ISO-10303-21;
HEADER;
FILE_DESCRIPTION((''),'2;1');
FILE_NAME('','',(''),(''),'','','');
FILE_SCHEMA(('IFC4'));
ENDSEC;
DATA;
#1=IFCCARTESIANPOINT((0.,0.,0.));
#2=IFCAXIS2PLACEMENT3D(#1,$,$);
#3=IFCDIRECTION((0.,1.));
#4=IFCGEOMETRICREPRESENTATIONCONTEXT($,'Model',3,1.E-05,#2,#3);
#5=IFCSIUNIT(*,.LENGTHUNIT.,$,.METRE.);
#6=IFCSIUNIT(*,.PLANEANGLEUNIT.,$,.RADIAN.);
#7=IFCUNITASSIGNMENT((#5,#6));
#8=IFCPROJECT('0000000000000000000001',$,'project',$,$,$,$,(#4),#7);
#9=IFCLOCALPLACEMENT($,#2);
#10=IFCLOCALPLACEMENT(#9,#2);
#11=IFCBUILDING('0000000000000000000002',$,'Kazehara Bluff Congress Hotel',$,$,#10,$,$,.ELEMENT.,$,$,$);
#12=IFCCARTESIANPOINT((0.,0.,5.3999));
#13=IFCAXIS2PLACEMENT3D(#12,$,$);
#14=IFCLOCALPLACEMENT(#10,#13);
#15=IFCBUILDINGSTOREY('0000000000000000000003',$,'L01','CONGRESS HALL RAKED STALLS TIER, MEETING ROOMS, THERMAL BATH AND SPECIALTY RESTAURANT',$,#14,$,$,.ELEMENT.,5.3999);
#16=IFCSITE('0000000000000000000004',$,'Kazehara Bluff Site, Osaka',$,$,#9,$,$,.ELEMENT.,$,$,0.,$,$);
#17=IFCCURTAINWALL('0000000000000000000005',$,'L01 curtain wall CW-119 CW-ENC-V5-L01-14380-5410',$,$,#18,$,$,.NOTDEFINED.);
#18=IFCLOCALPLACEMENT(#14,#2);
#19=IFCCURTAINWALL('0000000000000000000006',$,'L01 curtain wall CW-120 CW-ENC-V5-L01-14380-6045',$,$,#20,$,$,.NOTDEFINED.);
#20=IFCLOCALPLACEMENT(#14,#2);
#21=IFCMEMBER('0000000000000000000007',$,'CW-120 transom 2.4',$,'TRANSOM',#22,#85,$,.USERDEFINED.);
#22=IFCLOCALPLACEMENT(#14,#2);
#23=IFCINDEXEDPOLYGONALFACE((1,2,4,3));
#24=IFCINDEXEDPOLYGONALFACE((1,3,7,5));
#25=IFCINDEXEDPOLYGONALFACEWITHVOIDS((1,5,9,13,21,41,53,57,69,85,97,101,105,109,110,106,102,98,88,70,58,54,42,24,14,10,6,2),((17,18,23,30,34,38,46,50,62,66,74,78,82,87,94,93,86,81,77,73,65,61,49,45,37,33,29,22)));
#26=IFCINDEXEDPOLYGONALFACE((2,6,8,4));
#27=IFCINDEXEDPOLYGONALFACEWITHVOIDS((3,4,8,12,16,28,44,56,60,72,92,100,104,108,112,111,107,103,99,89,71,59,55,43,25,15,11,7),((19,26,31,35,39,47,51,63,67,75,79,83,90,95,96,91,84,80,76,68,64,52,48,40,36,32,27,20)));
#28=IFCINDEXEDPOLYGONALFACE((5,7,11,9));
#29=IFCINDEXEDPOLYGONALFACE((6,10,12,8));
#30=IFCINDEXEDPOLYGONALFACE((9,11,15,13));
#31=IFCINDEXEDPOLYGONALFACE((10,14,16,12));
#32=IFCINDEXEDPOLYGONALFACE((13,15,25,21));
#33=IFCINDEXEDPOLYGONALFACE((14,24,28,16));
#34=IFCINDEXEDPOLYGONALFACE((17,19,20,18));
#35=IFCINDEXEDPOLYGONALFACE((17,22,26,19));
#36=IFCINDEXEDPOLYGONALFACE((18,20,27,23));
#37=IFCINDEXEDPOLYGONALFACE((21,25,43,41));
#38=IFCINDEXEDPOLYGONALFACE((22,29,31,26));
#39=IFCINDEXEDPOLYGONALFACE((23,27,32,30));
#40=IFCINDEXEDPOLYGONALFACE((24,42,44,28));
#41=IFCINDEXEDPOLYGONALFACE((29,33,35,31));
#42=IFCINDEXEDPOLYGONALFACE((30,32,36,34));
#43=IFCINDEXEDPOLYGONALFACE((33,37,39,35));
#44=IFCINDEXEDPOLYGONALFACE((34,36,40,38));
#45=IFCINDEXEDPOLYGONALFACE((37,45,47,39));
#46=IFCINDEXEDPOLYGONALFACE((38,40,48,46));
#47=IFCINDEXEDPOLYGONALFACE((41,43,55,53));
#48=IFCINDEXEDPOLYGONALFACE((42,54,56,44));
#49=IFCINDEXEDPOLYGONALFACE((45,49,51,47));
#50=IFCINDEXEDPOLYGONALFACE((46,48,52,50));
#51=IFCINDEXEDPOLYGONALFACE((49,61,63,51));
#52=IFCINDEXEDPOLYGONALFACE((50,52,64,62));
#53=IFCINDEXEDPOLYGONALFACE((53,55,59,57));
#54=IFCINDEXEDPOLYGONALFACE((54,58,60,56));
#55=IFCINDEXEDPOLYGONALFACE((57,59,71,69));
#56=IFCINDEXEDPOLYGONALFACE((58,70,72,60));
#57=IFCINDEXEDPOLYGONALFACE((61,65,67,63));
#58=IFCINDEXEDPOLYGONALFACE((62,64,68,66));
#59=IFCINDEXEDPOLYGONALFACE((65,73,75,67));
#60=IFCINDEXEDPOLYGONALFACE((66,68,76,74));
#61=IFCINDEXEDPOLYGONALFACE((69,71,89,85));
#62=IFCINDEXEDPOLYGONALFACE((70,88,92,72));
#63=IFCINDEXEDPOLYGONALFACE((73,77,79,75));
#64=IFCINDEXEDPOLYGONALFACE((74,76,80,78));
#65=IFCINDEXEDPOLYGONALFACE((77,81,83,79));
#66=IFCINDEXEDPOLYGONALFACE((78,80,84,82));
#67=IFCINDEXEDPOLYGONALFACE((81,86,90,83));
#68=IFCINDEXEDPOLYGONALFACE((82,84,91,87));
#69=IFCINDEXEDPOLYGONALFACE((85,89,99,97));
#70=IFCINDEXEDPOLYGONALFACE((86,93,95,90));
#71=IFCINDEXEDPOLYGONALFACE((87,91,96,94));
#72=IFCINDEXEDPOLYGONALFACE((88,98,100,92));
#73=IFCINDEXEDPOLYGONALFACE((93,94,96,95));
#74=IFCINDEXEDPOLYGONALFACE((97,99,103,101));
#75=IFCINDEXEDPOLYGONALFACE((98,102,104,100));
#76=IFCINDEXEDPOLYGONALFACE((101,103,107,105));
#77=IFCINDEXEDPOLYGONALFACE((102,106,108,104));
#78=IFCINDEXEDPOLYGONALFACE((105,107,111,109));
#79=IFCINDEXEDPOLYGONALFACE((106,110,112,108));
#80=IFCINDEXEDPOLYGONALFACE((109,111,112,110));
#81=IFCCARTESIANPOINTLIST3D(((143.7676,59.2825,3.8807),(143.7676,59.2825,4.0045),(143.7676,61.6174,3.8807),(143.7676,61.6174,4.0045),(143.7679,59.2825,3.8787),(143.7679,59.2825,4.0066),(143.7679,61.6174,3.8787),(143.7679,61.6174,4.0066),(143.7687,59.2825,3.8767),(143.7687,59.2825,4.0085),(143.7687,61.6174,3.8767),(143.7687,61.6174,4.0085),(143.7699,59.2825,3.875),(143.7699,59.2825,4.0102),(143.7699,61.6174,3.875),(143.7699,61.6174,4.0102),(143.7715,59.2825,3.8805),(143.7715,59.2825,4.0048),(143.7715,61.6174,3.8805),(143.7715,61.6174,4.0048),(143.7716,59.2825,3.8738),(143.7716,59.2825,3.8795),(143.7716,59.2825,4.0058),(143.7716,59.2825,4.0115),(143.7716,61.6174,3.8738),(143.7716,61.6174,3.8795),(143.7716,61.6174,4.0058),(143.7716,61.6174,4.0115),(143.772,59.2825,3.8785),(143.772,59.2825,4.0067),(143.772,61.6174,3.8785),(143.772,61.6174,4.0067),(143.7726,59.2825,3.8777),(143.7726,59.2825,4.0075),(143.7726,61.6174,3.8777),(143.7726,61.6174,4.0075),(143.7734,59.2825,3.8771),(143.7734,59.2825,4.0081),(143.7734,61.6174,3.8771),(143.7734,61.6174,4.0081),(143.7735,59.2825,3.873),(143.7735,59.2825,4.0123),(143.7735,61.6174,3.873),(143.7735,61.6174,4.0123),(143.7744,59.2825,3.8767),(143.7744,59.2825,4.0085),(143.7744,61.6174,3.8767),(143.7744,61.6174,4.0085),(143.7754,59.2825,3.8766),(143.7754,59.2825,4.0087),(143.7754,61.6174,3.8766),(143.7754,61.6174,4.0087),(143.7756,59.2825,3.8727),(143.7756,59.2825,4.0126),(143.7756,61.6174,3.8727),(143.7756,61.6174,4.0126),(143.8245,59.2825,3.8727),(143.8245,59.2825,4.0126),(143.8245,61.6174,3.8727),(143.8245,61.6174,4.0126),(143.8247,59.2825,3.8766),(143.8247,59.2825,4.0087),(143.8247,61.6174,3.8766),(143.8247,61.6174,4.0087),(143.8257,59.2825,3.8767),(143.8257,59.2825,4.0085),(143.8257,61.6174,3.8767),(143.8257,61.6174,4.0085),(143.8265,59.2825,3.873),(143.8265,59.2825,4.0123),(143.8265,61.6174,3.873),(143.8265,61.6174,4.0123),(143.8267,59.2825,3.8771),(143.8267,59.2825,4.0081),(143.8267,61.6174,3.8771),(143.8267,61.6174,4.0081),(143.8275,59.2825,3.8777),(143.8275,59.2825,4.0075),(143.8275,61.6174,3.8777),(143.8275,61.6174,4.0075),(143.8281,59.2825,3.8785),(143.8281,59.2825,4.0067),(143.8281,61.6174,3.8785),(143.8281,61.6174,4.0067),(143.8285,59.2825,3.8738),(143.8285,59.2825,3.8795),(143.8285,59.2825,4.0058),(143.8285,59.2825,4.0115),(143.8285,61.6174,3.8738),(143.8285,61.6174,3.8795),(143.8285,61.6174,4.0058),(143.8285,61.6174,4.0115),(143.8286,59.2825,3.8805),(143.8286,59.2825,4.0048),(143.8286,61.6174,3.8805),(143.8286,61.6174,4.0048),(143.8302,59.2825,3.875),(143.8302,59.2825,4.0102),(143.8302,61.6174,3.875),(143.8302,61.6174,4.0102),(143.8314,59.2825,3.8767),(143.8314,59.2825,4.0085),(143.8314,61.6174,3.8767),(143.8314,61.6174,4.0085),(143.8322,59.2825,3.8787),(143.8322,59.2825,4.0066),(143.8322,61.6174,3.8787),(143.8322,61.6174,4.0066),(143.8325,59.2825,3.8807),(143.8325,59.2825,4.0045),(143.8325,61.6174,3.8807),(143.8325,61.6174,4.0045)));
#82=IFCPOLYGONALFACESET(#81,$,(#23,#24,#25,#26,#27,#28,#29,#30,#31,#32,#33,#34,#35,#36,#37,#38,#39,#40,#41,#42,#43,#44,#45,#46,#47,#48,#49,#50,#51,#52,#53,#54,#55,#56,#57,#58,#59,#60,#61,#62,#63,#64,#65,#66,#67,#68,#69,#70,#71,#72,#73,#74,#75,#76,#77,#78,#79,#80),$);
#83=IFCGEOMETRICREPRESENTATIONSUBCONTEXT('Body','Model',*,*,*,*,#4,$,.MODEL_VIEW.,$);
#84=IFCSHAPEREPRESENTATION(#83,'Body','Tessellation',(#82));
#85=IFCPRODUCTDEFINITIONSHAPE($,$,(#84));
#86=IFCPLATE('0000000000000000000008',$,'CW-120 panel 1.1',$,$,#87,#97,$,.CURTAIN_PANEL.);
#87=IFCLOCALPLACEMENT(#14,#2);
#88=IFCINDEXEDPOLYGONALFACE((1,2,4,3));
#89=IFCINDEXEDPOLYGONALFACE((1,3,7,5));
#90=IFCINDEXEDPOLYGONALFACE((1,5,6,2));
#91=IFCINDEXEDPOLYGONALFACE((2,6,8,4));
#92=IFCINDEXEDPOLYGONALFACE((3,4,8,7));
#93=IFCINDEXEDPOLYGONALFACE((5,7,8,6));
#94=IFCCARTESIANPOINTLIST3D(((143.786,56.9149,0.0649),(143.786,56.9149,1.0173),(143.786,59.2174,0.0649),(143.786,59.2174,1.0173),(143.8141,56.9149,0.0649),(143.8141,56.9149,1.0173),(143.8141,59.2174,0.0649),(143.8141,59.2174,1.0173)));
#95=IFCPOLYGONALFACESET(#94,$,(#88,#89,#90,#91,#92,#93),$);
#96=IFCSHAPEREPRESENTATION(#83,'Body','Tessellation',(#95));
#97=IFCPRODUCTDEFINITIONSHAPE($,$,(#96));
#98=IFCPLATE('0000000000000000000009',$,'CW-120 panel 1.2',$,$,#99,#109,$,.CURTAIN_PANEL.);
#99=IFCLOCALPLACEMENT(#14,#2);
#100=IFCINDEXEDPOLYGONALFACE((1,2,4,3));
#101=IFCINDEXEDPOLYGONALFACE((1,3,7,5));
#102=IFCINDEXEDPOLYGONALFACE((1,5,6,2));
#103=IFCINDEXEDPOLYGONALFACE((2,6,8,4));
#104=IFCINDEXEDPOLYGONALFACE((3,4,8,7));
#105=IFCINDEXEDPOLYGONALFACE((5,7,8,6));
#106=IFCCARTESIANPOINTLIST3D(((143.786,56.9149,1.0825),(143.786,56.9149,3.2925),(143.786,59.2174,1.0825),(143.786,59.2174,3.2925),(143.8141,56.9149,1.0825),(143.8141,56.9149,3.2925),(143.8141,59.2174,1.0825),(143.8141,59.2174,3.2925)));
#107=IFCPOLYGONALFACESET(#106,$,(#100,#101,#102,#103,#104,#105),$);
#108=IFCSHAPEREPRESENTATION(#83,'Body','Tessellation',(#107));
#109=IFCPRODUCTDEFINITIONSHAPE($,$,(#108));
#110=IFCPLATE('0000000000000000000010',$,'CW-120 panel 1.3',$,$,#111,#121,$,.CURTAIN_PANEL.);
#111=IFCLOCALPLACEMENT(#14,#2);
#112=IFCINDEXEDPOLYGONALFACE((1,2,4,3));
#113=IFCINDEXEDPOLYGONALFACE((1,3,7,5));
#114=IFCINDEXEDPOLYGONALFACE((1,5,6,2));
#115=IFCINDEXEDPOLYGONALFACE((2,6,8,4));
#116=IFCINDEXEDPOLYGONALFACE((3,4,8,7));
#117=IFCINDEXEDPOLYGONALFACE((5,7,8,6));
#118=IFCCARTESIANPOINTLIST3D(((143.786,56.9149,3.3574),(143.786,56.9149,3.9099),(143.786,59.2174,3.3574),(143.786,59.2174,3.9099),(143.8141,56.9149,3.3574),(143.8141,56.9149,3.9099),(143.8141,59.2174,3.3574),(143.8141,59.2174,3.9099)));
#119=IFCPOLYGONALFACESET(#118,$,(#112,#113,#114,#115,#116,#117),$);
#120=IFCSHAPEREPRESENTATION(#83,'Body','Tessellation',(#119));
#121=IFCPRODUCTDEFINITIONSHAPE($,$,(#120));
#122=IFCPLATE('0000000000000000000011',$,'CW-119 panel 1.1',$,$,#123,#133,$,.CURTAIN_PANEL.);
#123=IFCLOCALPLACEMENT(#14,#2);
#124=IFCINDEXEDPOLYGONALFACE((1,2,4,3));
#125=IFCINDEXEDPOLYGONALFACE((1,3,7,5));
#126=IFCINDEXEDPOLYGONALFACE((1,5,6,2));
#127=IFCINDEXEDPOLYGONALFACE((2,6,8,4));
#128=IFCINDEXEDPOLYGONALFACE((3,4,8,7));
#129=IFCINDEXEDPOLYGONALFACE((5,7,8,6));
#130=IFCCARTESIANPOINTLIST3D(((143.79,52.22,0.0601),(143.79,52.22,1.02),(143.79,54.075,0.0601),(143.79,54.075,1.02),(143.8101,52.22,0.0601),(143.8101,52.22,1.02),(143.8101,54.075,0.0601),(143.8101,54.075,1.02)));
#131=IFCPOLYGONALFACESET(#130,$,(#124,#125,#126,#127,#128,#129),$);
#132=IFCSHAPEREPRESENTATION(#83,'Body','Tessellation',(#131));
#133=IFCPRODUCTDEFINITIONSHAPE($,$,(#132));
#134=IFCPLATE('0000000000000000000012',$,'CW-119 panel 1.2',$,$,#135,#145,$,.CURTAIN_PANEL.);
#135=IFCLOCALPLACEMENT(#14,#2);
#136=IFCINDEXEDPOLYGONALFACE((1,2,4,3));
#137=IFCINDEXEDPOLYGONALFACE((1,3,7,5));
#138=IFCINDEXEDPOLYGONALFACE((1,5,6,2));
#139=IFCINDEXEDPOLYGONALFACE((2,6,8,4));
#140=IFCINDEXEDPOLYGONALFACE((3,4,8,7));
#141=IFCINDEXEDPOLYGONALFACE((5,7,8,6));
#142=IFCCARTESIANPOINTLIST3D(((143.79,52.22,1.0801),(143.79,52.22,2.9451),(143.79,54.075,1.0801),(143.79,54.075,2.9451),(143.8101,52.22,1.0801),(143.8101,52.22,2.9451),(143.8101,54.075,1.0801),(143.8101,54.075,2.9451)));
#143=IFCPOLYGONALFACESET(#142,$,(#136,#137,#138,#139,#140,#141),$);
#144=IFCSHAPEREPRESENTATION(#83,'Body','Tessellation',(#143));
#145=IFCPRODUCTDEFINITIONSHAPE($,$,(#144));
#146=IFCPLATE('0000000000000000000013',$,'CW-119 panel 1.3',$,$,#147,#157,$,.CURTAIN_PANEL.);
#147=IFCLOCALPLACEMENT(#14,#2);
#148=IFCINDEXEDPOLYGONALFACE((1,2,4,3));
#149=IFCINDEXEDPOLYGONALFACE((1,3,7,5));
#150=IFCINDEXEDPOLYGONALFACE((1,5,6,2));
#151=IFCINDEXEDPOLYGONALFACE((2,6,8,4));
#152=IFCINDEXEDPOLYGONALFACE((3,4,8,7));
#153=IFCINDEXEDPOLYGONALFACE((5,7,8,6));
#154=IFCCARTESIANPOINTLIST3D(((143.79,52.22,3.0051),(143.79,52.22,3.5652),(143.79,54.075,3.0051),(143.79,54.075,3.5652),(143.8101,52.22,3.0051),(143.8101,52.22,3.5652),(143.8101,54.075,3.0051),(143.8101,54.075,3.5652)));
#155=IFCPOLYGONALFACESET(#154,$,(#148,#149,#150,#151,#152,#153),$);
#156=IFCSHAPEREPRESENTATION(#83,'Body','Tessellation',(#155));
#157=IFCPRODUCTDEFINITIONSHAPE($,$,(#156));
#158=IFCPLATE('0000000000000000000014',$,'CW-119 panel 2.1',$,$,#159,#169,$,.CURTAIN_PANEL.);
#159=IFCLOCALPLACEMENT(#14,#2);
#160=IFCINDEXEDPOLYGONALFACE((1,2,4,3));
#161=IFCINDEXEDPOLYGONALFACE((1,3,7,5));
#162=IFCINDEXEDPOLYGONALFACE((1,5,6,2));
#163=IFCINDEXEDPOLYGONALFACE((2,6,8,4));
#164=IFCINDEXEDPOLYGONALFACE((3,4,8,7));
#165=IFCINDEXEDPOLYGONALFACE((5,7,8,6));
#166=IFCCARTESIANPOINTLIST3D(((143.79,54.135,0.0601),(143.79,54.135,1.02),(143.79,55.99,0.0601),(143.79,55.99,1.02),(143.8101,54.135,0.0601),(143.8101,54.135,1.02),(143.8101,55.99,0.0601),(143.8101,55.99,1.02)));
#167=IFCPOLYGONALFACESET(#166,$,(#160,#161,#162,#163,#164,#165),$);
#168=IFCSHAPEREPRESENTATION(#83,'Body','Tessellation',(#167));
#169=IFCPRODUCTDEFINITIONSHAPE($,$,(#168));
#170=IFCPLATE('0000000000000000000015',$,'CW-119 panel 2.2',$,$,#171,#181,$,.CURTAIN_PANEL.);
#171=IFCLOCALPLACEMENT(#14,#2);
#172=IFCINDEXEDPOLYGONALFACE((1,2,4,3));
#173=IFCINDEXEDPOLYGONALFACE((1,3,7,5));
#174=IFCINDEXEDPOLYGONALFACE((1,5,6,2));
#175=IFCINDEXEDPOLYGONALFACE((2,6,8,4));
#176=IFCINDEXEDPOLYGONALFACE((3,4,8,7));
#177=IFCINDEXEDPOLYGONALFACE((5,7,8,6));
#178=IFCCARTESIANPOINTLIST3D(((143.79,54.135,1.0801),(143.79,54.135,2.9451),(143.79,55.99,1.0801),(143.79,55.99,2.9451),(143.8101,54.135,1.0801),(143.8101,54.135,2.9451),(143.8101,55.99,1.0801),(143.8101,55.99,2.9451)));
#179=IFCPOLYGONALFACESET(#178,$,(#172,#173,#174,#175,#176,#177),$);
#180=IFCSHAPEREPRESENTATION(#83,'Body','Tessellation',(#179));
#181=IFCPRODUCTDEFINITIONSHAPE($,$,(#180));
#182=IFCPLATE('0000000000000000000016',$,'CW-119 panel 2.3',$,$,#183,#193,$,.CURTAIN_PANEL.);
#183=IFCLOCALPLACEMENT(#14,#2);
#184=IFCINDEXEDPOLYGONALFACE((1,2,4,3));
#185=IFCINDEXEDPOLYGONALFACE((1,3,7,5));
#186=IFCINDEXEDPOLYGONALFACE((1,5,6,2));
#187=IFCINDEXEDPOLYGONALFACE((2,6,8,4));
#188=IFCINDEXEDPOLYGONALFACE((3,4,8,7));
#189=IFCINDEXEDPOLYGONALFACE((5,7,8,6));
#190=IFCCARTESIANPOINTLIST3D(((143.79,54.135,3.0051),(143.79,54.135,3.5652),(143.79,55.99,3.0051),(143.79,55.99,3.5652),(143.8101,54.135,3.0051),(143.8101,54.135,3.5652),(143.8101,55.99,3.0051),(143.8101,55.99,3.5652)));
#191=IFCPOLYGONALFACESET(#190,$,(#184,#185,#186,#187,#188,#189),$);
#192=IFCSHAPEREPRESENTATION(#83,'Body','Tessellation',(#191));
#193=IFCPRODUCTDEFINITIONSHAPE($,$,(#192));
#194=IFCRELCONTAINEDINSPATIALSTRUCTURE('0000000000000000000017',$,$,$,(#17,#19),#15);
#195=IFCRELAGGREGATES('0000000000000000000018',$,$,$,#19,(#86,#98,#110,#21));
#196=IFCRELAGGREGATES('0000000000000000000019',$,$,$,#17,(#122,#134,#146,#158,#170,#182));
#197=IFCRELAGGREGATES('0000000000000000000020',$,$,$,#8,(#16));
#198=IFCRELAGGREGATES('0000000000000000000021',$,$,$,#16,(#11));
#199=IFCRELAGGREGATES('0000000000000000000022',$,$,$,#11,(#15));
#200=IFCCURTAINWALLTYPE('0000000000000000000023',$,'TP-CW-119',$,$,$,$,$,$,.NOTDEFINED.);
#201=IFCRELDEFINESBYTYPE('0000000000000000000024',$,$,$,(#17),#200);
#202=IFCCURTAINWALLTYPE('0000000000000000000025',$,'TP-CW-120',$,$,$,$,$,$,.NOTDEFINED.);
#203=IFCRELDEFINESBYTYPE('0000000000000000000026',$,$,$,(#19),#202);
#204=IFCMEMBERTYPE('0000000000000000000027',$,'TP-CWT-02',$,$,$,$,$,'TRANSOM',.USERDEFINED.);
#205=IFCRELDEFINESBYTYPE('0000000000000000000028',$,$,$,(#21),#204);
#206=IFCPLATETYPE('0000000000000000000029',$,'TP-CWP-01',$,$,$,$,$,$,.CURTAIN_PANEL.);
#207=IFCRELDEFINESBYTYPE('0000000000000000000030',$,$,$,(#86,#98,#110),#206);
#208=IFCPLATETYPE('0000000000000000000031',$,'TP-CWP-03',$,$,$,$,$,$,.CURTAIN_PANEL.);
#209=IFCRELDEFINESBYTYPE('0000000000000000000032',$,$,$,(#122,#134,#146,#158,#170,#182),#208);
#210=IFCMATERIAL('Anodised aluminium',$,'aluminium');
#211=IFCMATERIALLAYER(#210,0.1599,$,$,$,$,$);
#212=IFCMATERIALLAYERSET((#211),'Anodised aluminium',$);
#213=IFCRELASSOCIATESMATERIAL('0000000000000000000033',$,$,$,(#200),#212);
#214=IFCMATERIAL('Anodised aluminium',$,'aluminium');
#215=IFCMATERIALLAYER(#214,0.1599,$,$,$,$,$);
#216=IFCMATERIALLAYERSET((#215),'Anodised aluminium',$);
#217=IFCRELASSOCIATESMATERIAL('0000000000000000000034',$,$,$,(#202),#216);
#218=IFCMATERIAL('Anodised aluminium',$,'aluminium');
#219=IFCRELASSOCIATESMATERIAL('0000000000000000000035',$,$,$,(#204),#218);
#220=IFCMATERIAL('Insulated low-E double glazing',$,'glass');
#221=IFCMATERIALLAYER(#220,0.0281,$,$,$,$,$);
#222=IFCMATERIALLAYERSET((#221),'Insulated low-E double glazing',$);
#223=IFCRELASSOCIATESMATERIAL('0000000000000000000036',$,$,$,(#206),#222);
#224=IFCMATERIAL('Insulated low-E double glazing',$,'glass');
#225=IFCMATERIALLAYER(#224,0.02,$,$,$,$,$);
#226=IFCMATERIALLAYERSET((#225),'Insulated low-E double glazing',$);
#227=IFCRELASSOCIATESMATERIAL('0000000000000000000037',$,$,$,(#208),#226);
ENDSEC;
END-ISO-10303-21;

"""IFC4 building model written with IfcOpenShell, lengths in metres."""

from ifc_helpers import new_model, si_unit, direction, frame, origin, origin_2d, place, context, subcontext, project, spatial, rectangle, hollow_rectangle, extrude, material, layer, layer_set, material_profile, profile_set, type_object, element, aggregate, save


model = new_model("IFC4")

# Units and contexts
model_context = context("Model", 3, precision=1e-05, world=origin(), true_north=direction((0.0, 1.0)))
body_context = subcontext(model_context, "Body", "Model", "MODEL_VIEW")
ifc_project = project(units=[si_unit("LENGTHUNIT", "METRE"), si_unit("PLANEANGLEUNIT", "RADIAN")], contexts=[model_context])

# Site, building, storey
site_placement = place(None, origin())
site = spatial("IfcSite", under=ifc_project, at=site_placement, Name="Kazehara Bluff Site, Osaka", CompositionType="ELEMENT", RefElevation=0.0)
building_placement = place(site_placement, origin())
building = spatial("IfcBuilding", under=site, at=building_placement, Name="Kazehara Bluff Congress Hotel", CompositionType="ELEMENT")
storey_placement = place(building_placement, frame((0.0, 0.0, 5.3999)))
storey = spatial("IfcBuildingStorey", under=building, at=storey_placement, Name="L01", Description="CONGRESS HALL RAKED STALLS TIER, MEETING ROOMS, THERMAL BATH AND SPECIALTY RESTAURANT", CompositionType="ELEMENT", Elevation=5.3999)

# Curtain walls
ifc_material_1 = material(Name="Anodised aluminium", Category="aluminium")
ifc_layer_1 = layer(ifc_material_1, 0.1599)
ifc_layer_set_1 = layer_set([ifc_layer_1], Name="Anodised aluminium")
curtain_wall_type_1 = type_object("IfcCurtainWallType", Name="TP-CW-119", PredefinedType="NOTDEFINED", material=ifc_layer_set_1)
curtain_wall_1_placement = place(storey_placement, origin())
curtain_wall_1 = element("IfcCurtainWall", 1, at=curtain_wall_1_placement, inside=storey, type_object=curtain_wall_type_1, Name="L01 curtain wall CW-119 CW-ENC-V5-L01-14380-5410", PredefinedType="NOTDEFINED")
ifc_material_2 = material(Name="Anodised aluminium", Category="aluminium")
ifc_layer_2 = layer(ifc_material_2, 0.1599)
ifc_layer_set_2 = layer_set([ifc_layer_2], Name="Anodised aluminium")
curtain_wall_type_2 = type_object("IfcCurtainWallType", Name="TP-CW-120", PredefinedType="NOTDEFINED", material=ifc_layer_set_2)
curtain_wall_2_placement = place(storey_placement, origin())
curtain_wall_2 = element("IfcCurtainWall", 2, at=curtain_wall_2_placement, inside=storey, type_object=curtain_wall_type_2, Name="L01 curtain wall CW-120 CW-ENC-V5-L01-14380-6045", PredefinedType="NOTDEFINED")

# Member
ifc_material_3 = material(Name="Anodised aluminium", Category="aluminium")
ifc_material_profile_1 = material_profile(ifc_material_3, hollow_rectangle(XDim=0.0649, YDim=0.1399, WallThickness=0.0039, InnerFilletRadius=0.0039, OuterFilletRadius=0.0081, at=origin_2d()))
ifc_profile_set_1 = profile_set([ifc_material_profile_1], Name="Anodised aluminium")
member_type_1 = type_object("IfcMemberType", Name="TP-CWT-02", ElementType="TRANSOM", PredefinedType="USERDEFINED", material=ifc_profile_set_1)
member_1_placement = place(storey_placement, frame((143.8, 59.2825, 3.9426), z_axis=(0.0, 1.0, 0.0), x_axis=(-1.0, 0.0, 0.0)))
member_1 = element("IfcMember", 3, at=member_1_placement, type_object=member_type_1, Name="CW-120 transom 2.4", ObjectType="TRANSOM", PredefinedType="USERDEFINED", context=body_context, shape_type="SweptSolid", body=[
    extrude(hollow_rectangle(XDim=0.0649, YDim=0.1399, WallThickness=0.0039, InnerFilletRadius=0.0039, OuterFilletRadius=0.0081, at=origin_2d()), origin(), (0.0, 0.0, 1.0), 2.335),
])

# Plates
ifc_material_4 = material(Name="Insulated low-E double glazing", Category="glass")
ifc_layer_3 = layer(ifc_material_4, 0.0281)
ifc_layer_set_3 = layer_set([ifc_layer_3], Name="Insulated low-E double glazing")
plate_type_1 = type_object("IfcPlateType", Name="TP-CWP-01", PredefinedType="CURTAIN_PANEL", material=ifc_layer_set_3)
plate_1_placement = place(storey_placement, frame((143.8, 58.0662, 0.0649), z_axis=(0.0, 0.0, 1.0), x_axis=(0.0, 1.0, 0.0)))
plate_1 = element("IfcPlate", 4, at=plate_1_placement, type_object=plate_type_1, Name="CW-120 panel 1.1", PredefinedType="CURTAIN_PANEL", context=body_context, shape_type="SweptSolid", body=[
    extrude(rectangle(XDim=2.3025, YDim=0.0281, at=origin_2d()), origin(), (0.0, 0.0, 1.0), 0.9524),
])
plate_2_placement = place(storey_placement, frame((143.8, 58.0662, 1.0825), z_axis=(0.0, 0.0, 1.0), x_axis=(0.0, 1.0, 0.0)))
plate_2 = element("IfcPlate", 5, at=plate_2_placement, type_object=plate_type_1, Name="CW-120 panel 1.2", PredefinedType="CURTAIN_PANEL", context=body_context, shape_type="SweptSolid", body=[
    extrude(rectangle(XDim=2.3025, YDim=0.0281, at=origin_2d()), origin(), (0.0, 0.0, 1.0), 2.21),
])
plate_3_placement = place(storey_placement, frame((143.8, 58.0662, 3.3574), z_axis=(0.0, 0.0, 1.0), x_axis=(0.0, 1.0, 0.0)))
plate_3 = element("IfcPlate", 6, at=plate_3_placement, type_object=plate_type_1, Name="CW-120 panel 1.3", PredefinedType="CURTAIN_PANEL", context=body_context, shape_type="SweptSolid", body=[
    extrude(rectangle(XDim=2.3025, YDim=0.0281, at=origin_2d()), origin(), (0.0, 0.0, 1.0), 0.5525),
])
aggregate(curtain_wall_2, [plate_1, plate_2, plate_3, member_1])
ifc_material_5 = material(Name="Insulated low-E double glazing", Category="glass")
ifc_layer_4 = layer(ifc_material_5, 0.02)
ifc_layer_set_4 = layer_set([ifc_layer_4], Name="Insulated low-E double glazing")
plate_type_2 = type_object("IfcPlateType", Name="TP-CWP-03", PredefinedType="CURTAIN_PANEL", material=ifc_layer_set_4)
plate_4_placement = place(storey_placement, frame((143.8, 53.1475, 0.0601), z_axis=(0.0, 0.0, 1.0), x_axis=(0.0, 1.0, 0.0)))
plate_4 = element("IfcPlate", 7, at=plate_4_placement, type_object=plate_type_2, Name="CW-119 panel 1.1", PredefinedType="CURTAIN_PANEL", context=body_context, shape_type="SweptSolid", body=[
    extrude(rectangle(XDim=1.855, YDim=0.02, at=origin_2d()), origin(), (0.0, 0.0, 1.0), 0.96),
])
plate_5_placement = place(storey_placement, frame((143.8, 53.1475, 1.0801), z_axis=(0.0, 0.0, 1.0), x_axis=(0.0, 1.0, 0.0)))
plate_5 = element("IfcPlate", 8, at=plate_5_placement, type_object=plate_type_2, Name="CW-119 panel 1.2", PredefinedType="CURTAIN_PANEL", context=body_context, shape_type="SweptSolid", body=[
    extrude(rectangle(XDim=1.855, YDim=0.02, at=origin_2d()), origin(), (0.0, 0.0, 1.0), 1.865),
])
plate_6_placement = place(storey_placement, frame((143.8, 53.1475, 3.0051), z_axis=(0.0, 0.0, 1.0), x_axis=(0.0, 1.0, 0.0)))
plate_6 = element("IfcPlate", 9, at=plate_6_placement, type_object=plate_type_2, Name="CW-119 panel 1.3", PredefinedType="CURTAIN_PANEL", context=body_context, shape_type="SweptSolid", body=[
    extrude(rectangle(XDim=1.855, YDim=0.02, at=origin_2d()), origin(), (0.0, 0.0, 1.0), 0.5601),
])
plate_7_placement = place(storey_placement, frame((143.8, 55.0625, 0.0601), z_axis=(0.0, 0.0, 1.0), x_axis=(0.0, 1.0, 0.0)))
plate_7 = element("IfcPlate", 10, at=plate_7_placement, type_object=plate_type_2, Name="CW-119 panel 2.1", PredefinedType="CURTAIN_PANEL", context=body_context, shape_type="SweptSolid", body=[
    extrude(rectangle(XDim=1.855, YDim=0.02, at=origin_2d()), origin(), (0.0, 0.0, 1.0), 0.96),
])
plate_8_placement = place(storey_placement, frame((143.8, 55.0625, 1.0801), z_axis=(0.0, 0.0, 1.0), x_axis=(0.0, 1.0, 0.0)))
plate_8 = element("IfcPlate", 11, at=plate_8_placement, type_object=plate_type_2, Name="CW-119 panel 2.2", PredefinedType="CURTAIN_PANEL", context=body_context, shape_type="SweptSolid", body=[
    extrude(rectangle(XDim=1.855, YDim=0.02, at=origin_2d()), origin(), (0.0, 0.0, 1.0), 1.865),
])
plate_9_placement = place(storey_placement, frame((143.8, 55.0625, 3.0051), z_axis=(0.0, 0.0, 1.0), x_axis=(0.0, 1.0, 0.0)))
plate_9 = element("IfcPlate", 12, at=plate_9_placement, type_object=plate_type_2, Name="CW-119 panel 2.3", PredefinedType="CURTAIN_PANEL", context=body_context, shape_type="SweptSolid", body=[
    extrude(rectangle(XDim=1.855, YDim=0.02, at=origin_2d()), origin(), (0.0, 0.0, 1.0), 0.5601),
])
aggregate(curtain_wall_1, [plate_4, plate_5, plate_6, plate_7, plate_8, plate_9])

save(model, "model.ifc")
